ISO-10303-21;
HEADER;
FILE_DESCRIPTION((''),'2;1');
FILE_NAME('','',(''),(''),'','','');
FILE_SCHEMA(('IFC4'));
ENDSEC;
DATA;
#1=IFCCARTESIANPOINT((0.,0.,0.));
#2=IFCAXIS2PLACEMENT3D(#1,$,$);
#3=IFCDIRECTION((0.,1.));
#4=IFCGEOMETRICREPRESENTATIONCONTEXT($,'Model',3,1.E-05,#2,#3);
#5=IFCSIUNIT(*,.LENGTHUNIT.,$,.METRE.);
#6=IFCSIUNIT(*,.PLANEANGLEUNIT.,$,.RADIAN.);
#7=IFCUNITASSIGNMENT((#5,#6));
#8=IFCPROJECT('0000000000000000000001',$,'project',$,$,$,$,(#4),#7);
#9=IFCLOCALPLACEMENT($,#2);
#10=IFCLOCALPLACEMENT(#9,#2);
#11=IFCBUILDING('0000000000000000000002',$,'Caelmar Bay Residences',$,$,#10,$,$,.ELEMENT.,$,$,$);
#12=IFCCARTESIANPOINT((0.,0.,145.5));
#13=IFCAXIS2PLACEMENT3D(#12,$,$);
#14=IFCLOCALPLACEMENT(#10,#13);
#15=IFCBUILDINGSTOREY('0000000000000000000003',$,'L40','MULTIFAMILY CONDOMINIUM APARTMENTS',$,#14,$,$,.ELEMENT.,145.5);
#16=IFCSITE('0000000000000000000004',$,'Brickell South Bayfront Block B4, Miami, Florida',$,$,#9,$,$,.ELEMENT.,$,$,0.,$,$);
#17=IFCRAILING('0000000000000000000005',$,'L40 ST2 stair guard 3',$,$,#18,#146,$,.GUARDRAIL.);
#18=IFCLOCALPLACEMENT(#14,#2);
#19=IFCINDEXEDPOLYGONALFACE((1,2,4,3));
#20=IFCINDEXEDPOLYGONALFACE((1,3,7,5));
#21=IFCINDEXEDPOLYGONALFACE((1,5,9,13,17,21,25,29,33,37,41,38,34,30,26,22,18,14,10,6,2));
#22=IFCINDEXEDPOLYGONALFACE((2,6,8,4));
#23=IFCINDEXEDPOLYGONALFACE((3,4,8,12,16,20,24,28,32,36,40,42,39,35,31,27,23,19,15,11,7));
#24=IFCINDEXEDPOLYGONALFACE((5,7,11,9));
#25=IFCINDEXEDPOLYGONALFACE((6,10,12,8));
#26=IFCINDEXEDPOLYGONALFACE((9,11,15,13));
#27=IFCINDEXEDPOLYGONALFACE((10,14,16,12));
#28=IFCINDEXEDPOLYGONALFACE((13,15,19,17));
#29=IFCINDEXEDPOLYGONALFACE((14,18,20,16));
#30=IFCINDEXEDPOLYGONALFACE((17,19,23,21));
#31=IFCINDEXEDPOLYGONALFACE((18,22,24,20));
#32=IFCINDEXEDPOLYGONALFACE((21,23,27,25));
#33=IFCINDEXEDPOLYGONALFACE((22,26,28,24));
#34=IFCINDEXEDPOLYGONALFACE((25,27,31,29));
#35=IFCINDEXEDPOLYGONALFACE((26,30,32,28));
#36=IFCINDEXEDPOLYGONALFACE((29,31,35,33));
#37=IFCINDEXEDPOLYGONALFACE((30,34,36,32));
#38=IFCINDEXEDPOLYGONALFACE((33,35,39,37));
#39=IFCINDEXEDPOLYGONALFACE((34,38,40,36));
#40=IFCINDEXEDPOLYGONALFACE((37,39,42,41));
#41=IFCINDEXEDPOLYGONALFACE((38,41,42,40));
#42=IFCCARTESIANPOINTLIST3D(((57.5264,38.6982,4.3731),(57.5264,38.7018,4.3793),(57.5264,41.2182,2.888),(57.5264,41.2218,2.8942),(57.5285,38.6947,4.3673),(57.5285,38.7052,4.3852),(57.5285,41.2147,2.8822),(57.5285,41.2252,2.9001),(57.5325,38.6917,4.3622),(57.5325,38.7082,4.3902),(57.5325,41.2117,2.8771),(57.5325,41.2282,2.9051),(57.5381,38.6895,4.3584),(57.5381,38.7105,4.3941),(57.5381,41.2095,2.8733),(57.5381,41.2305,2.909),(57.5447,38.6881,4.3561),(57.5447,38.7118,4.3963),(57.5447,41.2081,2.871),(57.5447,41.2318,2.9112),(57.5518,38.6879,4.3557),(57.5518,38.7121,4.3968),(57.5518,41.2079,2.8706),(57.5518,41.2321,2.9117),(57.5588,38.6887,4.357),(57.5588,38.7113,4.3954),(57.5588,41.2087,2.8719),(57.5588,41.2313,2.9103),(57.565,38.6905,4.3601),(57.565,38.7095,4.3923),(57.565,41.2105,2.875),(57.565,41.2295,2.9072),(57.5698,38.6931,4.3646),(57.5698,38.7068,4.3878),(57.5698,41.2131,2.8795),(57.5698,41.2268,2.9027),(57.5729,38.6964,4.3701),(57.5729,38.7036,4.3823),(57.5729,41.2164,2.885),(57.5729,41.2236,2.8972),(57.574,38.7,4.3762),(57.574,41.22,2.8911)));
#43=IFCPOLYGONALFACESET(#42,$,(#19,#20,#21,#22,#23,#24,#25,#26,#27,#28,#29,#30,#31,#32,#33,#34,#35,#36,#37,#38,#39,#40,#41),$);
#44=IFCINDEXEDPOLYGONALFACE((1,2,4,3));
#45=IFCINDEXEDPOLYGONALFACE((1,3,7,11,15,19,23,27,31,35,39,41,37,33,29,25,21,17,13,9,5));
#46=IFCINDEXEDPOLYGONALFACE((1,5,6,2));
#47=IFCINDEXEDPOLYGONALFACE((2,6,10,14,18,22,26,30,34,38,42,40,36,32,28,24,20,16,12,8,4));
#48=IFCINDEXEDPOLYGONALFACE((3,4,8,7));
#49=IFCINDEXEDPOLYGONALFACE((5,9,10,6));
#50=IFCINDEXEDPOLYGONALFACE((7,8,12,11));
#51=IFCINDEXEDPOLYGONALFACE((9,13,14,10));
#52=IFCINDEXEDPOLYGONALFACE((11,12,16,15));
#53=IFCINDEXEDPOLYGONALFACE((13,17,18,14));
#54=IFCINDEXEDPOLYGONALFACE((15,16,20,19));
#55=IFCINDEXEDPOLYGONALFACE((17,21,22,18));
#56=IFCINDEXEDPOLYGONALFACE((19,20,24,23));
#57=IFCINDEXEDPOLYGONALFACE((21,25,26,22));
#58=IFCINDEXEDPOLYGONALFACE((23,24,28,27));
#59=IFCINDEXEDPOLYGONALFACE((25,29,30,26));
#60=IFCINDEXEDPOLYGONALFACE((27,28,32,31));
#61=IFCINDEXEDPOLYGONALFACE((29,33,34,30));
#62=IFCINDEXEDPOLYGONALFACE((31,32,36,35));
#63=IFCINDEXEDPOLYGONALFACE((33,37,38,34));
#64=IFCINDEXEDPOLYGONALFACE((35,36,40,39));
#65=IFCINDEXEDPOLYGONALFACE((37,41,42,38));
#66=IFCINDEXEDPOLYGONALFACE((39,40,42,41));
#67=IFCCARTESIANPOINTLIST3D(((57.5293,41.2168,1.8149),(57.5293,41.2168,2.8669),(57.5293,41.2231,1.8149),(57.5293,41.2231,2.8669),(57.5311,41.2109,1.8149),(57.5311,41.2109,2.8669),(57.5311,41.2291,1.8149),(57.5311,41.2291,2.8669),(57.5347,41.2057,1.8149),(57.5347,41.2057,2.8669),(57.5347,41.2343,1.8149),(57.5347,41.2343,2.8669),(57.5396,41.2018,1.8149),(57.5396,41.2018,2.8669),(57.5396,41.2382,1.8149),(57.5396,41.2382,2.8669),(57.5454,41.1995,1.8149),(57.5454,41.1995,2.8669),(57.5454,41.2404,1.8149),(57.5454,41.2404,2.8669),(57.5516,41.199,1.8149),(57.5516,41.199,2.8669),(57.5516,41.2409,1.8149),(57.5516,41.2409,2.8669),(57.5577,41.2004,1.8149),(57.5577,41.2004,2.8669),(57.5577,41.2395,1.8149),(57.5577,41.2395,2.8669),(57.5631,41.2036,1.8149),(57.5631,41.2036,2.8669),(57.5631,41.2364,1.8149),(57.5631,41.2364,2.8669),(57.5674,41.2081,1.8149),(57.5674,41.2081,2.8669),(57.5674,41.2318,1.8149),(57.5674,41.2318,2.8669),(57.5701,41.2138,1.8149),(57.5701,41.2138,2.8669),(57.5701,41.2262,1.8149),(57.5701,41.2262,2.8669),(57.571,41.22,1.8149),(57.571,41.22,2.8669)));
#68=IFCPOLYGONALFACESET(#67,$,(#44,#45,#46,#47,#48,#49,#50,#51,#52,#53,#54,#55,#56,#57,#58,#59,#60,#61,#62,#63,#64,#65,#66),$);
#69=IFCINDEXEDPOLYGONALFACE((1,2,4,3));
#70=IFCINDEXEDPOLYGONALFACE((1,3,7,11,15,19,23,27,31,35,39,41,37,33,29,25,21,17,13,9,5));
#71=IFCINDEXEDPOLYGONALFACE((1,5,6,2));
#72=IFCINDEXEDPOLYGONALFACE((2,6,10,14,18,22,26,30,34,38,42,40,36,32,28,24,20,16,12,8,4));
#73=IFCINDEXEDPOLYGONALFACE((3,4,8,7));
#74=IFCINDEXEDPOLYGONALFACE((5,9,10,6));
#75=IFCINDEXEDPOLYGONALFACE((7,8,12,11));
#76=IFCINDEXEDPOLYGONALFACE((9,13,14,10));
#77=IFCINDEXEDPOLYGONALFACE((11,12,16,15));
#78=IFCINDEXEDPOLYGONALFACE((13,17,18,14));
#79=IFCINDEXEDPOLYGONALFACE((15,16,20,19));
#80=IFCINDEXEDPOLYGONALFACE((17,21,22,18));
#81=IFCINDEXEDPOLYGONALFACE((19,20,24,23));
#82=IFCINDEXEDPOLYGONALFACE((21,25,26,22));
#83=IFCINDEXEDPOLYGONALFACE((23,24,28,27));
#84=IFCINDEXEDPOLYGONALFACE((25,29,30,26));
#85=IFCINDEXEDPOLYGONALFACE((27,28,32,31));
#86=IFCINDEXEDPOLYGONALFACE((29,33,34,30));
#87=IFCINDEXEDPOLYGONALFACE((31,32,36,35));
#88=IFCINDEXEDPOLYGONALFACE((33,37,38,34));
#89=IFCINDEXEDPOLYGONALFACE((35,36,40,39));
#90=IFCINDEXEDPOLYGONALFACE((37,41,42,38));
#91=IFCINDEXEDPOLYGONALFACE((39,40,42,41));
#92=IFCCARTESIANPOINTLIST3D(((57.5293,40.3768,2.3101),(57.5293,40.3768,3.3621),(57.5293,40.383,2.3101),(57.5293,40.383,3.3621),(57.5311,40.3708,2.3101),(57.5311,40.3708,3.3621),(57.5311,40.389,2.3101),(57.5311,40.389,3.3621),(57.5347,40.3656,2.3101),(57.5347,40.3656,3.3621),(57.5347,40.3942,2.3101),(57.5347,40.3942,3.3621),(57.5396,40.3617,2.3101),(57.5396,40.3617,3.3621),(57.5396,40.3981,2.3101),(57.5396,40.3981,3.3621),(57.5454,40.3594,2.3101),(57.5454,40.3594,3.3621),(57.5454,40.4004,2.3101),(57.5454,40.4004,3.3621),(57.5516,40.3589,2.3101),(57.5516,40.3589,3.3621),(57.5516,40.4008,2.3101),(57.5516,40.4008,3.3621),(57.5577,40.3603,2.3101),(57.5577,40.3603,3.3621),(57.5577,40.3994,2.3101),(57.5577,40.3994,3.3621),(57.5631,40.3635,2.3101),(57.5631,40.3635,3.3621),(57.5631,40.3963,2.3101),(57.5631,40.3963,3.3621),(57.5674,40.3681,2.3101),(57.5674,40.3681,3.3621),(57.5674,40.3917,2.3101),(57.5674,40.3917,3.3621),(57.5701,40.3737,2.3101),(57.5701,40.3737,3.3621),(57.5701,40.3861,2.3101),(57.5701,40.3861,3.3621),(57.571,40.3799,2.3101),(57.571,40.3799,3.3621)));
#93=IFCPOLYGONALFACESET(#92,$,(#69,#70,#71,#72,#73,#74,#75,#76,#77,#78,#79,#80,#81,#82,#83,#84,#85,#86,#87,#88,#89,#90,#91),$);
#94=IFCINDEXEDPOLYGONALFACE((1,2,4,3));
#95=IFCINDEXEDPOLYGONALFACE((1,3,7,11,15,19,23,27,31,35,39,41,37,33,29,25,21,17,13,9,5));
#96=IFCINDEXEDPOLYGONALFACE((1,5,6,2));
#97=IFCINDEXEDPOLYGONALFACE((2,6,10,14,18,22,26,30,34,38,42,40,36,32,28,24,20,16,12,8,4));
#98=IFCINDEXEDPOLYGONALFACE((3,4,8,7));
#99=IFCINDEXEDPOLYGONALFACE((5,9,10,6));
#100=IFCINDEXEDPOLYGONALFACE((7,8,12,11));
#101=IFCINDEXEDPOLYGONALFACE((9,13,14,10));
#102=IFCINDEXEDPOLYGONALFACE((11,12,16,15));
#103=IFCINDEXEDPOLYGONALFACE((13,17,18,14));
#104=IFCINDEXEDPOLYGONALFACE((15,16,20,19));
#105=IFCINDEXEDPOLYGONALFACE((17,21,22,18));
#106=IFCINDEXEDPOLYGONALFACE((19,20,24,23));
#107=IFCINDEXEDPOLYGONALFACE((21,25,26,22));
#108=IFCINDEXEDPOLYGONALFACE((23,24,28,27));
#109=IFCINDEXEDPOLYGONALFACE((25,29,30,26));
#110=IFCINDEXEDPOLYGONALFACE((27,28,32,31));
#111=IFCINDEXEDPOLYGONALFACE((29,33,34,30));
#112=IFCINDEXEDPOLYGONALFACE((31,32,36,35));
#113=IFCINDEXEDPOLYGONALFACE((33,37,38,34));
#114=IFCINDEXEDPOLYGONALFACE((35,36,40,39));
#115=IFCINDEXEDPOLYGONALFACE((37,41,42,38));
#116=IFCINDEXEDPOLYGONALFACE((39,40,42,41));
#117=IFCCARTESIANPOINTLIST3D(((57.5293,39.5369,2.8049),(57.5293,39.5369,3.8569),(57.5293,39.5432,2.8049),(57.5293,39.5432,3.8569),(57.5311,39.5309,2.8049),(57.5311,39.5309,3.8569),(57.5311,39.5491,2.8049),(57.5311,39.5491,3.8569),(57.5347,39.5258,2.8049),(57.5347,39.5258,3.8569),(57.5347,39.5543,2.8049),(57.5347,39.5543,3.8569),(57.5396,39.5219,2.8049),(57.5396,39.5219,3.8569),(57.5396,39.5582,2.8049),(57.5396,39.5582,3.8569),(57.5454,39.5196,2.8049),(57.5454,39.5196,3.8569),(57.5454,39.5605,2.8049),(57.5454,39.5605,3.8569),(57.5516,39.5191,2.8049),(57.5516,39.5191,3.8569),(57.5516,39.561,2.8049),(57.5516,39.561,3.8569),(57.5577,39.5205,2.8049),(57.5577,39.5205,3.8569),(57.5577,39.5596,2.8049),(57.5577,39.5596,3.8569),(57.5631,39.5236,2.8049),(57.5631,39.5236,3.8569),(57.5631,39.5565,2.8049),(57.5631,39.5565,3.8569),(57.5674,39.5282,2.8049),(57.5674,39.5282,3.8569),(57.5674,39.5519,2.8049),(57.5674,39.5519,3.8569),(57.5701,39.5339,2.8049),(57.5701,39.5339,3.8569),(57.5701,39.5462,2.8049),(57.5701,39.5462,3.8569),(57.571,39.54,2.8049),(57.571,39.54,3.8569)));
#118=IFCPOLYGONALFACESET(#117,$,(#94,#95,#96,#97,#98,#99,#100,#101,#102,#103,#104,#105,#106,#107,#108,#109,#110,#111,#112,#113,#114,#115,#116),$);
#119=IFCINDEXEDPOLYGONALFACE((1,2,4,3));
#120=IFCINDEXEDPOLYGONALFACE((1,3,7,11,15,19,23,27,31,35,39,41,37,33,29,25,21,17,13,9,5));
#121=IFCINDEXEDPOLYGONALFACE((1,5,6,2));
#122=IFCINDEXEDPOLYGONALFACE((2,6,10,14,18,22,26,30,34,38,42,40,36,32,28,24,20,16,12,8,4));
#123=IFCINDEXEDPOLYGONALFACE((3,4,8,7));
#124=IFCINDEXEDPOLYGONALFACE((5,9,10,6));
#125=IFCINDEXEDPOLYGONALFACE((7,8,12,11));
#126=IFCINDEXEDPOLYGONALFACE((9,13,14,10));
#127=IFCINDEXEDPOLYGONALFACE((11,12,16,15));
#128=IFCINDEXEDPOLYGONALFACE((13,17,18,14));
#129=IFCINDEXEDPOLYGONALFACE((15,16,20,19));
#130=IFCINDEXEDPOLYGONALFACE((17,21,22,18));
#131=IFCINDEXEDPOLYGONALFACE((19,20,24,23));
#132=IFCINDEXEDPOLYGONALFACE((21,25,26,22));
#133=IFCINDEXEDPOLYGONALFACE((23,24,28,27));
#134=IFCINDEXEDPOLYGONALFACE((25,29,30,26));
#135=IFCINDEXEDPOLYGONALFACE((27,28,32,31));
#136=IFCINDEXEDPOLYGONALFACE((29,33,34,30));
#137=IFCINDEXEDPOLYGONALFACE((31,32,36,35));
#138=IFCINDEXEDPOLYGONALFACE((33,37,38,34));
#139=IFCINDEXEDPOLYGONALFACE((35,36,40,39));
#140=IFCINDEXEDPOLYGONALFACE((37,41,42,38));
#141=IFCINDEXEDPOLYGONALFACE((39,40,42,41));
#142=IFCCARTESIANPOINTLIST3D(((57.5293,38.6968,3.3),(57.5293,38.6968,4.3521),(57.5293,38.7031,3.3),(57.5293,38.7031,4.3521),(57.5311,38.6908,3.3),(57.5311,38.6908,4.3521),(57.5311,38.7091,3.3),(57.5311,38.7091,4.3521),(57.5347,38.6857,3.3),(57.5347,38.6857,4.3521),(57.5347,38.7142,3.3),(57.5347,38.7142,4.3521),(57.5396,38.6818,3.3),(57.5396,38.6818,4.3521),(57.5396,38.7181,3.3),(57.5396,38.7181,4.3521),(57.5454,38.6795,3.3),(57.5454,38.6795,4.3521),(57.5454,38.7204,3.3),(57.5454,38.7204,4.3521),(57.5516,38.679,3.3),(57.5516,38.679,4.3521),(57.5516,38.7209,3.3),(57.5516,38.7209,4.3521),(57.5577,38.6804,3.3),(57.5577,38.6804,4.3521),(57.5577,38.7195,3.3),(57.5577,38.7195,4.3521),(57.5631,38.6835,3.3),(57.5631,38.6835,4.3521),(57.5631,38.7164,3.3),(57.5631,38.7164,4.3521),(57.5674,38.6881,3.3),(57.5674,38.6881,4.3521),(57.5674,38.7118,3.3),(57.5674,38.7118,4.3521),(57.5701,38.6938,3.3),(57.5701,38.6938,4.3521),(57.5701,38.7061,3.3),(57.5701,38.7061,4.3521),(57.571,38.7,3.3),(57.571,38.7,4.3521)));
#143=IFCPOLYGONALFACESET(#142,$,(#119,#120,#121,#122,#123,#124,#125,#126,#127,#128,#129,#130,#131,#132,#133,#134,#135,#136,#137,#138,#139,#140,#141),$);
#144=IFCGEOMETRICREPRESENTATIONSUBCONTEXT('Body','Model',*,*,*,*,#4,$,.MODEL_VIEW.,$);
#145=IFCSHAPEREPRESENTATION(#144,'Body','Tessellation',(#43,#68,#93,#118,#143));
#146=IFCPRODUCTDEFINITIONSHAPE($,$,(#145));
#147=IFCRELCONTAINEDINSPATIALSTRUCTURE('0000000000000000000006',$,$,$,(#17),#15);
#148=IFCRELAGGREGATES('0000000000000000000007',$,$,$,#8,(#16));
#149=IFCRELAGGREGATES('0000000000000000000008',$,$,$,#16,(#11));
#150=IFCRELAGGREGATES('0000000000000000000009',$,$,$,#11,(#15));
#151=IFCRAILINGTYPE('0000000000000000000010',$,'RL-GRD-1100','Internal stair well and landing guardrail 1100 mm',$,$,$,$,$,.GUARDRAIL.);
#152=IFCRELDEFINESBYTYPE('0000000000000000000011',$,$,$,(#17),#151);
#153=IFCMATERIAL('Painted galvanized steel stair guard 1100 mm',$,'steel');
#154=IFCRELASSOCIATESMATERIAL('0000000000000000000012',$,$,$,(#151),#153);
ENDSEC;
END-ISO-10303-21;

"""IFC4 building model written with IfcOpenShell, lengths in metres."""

from ifc_helpers import new_model, si_unit, direction, frame, origin, origin_2d, place, context, subcontext, project, spatial, circle, extrude, material, type_object, element, save


model = new_model("IFC4")

# Units and contexts
model_context = context("Model", 3, precision=1e-05, world=origin(), true_north=direction((0.0, 1.0)))
body_context = subcontext(model_context, "Body", "Model", "MODEL_VIEW")
ifc_project = project(units=[si_unit("LENGTHUNIT", "METRE"), si_unit("PLANEANGLEUNIT", "RADIAN")], contexts=[model_context])

# Site, building, storey
site_placement = place(None, origin())
site = spatial("IfcSite", under=ifc_project, at=site_placement, Name="Brickell South Bayfront Block B4, Miami, Florida", CompositionType="ELEMENT", RefElevation=0.0)
building_placement = place(site_placement, origin())
building = spatial("IfcBuilding", under=site, at=building_placement, Name="Caelmar Bay Residences", CompositionType="ELEMENT")
storey_placement = place(building_placement, frame((0.0, 0.0, 145.5)))
storey = spatial("IfcBuildingStorey", under=building, at=storey_placement, Name="L40", Description="MULTIFAMILY CONDOMINIUM APARTMENTS", CompositionType="ELEMENT", Elevation=145.5)

# Railing
ifc_material_1 = material(Name="Painted galvanized steel stair guard 1100 mm", Category="steel")
railing_type_1 = type_object("IfcRailingType", Name="RL-GRD-1100", Description="Internal stair well and landing guardrail 1100 mm", PredefinedType="GUARDRAIL", material=ifc_material_1)
railing_1_placement = place(storey_placement, frame((57.55, 41.22, 1.8149)))
element("IfcRailing", 1, at=railing_1_placement, inside=storey, type_object=railing_type_1, Name="L40 ST2 stair guard 3", PredefinedType="GUARDRAIL", context=body_context, shape_type="SweptSolid", body=[
    extrude(circle(Radius=0.0239, at=origin_2d()), frame((0.0, 0.0, 1.0762), z_axis=(0.0, -0.861524, 0.507717), x_axis=(1.0, 0.0, 0.0)), (0.0, 0.0, 1.0), 2.925),
    extrude(circle(Radius=0.021, at=origin_2d()), origin(), (0.0, 0.0, 1.0), 1.052),
    extrude(circle(Radius=0.021, at=origin_2d()), frame((0.0, -0.8401, 0.4951)), (0.0, 0.0, 1.0), 1.052),
    extrude(circle(Radius=0.021, at=origin_2d()), frame((0.0, -1.6799, 0.99)), (0.0, 0.0, 1.0), 1.052),
    extrude(circle(Radius=0.021, at=origin_2d()), frame((0.0, -2.52, 1.4851)), (0.0, 0.0, 1.0), 1.052),
])

save(model, "model.ifc")
